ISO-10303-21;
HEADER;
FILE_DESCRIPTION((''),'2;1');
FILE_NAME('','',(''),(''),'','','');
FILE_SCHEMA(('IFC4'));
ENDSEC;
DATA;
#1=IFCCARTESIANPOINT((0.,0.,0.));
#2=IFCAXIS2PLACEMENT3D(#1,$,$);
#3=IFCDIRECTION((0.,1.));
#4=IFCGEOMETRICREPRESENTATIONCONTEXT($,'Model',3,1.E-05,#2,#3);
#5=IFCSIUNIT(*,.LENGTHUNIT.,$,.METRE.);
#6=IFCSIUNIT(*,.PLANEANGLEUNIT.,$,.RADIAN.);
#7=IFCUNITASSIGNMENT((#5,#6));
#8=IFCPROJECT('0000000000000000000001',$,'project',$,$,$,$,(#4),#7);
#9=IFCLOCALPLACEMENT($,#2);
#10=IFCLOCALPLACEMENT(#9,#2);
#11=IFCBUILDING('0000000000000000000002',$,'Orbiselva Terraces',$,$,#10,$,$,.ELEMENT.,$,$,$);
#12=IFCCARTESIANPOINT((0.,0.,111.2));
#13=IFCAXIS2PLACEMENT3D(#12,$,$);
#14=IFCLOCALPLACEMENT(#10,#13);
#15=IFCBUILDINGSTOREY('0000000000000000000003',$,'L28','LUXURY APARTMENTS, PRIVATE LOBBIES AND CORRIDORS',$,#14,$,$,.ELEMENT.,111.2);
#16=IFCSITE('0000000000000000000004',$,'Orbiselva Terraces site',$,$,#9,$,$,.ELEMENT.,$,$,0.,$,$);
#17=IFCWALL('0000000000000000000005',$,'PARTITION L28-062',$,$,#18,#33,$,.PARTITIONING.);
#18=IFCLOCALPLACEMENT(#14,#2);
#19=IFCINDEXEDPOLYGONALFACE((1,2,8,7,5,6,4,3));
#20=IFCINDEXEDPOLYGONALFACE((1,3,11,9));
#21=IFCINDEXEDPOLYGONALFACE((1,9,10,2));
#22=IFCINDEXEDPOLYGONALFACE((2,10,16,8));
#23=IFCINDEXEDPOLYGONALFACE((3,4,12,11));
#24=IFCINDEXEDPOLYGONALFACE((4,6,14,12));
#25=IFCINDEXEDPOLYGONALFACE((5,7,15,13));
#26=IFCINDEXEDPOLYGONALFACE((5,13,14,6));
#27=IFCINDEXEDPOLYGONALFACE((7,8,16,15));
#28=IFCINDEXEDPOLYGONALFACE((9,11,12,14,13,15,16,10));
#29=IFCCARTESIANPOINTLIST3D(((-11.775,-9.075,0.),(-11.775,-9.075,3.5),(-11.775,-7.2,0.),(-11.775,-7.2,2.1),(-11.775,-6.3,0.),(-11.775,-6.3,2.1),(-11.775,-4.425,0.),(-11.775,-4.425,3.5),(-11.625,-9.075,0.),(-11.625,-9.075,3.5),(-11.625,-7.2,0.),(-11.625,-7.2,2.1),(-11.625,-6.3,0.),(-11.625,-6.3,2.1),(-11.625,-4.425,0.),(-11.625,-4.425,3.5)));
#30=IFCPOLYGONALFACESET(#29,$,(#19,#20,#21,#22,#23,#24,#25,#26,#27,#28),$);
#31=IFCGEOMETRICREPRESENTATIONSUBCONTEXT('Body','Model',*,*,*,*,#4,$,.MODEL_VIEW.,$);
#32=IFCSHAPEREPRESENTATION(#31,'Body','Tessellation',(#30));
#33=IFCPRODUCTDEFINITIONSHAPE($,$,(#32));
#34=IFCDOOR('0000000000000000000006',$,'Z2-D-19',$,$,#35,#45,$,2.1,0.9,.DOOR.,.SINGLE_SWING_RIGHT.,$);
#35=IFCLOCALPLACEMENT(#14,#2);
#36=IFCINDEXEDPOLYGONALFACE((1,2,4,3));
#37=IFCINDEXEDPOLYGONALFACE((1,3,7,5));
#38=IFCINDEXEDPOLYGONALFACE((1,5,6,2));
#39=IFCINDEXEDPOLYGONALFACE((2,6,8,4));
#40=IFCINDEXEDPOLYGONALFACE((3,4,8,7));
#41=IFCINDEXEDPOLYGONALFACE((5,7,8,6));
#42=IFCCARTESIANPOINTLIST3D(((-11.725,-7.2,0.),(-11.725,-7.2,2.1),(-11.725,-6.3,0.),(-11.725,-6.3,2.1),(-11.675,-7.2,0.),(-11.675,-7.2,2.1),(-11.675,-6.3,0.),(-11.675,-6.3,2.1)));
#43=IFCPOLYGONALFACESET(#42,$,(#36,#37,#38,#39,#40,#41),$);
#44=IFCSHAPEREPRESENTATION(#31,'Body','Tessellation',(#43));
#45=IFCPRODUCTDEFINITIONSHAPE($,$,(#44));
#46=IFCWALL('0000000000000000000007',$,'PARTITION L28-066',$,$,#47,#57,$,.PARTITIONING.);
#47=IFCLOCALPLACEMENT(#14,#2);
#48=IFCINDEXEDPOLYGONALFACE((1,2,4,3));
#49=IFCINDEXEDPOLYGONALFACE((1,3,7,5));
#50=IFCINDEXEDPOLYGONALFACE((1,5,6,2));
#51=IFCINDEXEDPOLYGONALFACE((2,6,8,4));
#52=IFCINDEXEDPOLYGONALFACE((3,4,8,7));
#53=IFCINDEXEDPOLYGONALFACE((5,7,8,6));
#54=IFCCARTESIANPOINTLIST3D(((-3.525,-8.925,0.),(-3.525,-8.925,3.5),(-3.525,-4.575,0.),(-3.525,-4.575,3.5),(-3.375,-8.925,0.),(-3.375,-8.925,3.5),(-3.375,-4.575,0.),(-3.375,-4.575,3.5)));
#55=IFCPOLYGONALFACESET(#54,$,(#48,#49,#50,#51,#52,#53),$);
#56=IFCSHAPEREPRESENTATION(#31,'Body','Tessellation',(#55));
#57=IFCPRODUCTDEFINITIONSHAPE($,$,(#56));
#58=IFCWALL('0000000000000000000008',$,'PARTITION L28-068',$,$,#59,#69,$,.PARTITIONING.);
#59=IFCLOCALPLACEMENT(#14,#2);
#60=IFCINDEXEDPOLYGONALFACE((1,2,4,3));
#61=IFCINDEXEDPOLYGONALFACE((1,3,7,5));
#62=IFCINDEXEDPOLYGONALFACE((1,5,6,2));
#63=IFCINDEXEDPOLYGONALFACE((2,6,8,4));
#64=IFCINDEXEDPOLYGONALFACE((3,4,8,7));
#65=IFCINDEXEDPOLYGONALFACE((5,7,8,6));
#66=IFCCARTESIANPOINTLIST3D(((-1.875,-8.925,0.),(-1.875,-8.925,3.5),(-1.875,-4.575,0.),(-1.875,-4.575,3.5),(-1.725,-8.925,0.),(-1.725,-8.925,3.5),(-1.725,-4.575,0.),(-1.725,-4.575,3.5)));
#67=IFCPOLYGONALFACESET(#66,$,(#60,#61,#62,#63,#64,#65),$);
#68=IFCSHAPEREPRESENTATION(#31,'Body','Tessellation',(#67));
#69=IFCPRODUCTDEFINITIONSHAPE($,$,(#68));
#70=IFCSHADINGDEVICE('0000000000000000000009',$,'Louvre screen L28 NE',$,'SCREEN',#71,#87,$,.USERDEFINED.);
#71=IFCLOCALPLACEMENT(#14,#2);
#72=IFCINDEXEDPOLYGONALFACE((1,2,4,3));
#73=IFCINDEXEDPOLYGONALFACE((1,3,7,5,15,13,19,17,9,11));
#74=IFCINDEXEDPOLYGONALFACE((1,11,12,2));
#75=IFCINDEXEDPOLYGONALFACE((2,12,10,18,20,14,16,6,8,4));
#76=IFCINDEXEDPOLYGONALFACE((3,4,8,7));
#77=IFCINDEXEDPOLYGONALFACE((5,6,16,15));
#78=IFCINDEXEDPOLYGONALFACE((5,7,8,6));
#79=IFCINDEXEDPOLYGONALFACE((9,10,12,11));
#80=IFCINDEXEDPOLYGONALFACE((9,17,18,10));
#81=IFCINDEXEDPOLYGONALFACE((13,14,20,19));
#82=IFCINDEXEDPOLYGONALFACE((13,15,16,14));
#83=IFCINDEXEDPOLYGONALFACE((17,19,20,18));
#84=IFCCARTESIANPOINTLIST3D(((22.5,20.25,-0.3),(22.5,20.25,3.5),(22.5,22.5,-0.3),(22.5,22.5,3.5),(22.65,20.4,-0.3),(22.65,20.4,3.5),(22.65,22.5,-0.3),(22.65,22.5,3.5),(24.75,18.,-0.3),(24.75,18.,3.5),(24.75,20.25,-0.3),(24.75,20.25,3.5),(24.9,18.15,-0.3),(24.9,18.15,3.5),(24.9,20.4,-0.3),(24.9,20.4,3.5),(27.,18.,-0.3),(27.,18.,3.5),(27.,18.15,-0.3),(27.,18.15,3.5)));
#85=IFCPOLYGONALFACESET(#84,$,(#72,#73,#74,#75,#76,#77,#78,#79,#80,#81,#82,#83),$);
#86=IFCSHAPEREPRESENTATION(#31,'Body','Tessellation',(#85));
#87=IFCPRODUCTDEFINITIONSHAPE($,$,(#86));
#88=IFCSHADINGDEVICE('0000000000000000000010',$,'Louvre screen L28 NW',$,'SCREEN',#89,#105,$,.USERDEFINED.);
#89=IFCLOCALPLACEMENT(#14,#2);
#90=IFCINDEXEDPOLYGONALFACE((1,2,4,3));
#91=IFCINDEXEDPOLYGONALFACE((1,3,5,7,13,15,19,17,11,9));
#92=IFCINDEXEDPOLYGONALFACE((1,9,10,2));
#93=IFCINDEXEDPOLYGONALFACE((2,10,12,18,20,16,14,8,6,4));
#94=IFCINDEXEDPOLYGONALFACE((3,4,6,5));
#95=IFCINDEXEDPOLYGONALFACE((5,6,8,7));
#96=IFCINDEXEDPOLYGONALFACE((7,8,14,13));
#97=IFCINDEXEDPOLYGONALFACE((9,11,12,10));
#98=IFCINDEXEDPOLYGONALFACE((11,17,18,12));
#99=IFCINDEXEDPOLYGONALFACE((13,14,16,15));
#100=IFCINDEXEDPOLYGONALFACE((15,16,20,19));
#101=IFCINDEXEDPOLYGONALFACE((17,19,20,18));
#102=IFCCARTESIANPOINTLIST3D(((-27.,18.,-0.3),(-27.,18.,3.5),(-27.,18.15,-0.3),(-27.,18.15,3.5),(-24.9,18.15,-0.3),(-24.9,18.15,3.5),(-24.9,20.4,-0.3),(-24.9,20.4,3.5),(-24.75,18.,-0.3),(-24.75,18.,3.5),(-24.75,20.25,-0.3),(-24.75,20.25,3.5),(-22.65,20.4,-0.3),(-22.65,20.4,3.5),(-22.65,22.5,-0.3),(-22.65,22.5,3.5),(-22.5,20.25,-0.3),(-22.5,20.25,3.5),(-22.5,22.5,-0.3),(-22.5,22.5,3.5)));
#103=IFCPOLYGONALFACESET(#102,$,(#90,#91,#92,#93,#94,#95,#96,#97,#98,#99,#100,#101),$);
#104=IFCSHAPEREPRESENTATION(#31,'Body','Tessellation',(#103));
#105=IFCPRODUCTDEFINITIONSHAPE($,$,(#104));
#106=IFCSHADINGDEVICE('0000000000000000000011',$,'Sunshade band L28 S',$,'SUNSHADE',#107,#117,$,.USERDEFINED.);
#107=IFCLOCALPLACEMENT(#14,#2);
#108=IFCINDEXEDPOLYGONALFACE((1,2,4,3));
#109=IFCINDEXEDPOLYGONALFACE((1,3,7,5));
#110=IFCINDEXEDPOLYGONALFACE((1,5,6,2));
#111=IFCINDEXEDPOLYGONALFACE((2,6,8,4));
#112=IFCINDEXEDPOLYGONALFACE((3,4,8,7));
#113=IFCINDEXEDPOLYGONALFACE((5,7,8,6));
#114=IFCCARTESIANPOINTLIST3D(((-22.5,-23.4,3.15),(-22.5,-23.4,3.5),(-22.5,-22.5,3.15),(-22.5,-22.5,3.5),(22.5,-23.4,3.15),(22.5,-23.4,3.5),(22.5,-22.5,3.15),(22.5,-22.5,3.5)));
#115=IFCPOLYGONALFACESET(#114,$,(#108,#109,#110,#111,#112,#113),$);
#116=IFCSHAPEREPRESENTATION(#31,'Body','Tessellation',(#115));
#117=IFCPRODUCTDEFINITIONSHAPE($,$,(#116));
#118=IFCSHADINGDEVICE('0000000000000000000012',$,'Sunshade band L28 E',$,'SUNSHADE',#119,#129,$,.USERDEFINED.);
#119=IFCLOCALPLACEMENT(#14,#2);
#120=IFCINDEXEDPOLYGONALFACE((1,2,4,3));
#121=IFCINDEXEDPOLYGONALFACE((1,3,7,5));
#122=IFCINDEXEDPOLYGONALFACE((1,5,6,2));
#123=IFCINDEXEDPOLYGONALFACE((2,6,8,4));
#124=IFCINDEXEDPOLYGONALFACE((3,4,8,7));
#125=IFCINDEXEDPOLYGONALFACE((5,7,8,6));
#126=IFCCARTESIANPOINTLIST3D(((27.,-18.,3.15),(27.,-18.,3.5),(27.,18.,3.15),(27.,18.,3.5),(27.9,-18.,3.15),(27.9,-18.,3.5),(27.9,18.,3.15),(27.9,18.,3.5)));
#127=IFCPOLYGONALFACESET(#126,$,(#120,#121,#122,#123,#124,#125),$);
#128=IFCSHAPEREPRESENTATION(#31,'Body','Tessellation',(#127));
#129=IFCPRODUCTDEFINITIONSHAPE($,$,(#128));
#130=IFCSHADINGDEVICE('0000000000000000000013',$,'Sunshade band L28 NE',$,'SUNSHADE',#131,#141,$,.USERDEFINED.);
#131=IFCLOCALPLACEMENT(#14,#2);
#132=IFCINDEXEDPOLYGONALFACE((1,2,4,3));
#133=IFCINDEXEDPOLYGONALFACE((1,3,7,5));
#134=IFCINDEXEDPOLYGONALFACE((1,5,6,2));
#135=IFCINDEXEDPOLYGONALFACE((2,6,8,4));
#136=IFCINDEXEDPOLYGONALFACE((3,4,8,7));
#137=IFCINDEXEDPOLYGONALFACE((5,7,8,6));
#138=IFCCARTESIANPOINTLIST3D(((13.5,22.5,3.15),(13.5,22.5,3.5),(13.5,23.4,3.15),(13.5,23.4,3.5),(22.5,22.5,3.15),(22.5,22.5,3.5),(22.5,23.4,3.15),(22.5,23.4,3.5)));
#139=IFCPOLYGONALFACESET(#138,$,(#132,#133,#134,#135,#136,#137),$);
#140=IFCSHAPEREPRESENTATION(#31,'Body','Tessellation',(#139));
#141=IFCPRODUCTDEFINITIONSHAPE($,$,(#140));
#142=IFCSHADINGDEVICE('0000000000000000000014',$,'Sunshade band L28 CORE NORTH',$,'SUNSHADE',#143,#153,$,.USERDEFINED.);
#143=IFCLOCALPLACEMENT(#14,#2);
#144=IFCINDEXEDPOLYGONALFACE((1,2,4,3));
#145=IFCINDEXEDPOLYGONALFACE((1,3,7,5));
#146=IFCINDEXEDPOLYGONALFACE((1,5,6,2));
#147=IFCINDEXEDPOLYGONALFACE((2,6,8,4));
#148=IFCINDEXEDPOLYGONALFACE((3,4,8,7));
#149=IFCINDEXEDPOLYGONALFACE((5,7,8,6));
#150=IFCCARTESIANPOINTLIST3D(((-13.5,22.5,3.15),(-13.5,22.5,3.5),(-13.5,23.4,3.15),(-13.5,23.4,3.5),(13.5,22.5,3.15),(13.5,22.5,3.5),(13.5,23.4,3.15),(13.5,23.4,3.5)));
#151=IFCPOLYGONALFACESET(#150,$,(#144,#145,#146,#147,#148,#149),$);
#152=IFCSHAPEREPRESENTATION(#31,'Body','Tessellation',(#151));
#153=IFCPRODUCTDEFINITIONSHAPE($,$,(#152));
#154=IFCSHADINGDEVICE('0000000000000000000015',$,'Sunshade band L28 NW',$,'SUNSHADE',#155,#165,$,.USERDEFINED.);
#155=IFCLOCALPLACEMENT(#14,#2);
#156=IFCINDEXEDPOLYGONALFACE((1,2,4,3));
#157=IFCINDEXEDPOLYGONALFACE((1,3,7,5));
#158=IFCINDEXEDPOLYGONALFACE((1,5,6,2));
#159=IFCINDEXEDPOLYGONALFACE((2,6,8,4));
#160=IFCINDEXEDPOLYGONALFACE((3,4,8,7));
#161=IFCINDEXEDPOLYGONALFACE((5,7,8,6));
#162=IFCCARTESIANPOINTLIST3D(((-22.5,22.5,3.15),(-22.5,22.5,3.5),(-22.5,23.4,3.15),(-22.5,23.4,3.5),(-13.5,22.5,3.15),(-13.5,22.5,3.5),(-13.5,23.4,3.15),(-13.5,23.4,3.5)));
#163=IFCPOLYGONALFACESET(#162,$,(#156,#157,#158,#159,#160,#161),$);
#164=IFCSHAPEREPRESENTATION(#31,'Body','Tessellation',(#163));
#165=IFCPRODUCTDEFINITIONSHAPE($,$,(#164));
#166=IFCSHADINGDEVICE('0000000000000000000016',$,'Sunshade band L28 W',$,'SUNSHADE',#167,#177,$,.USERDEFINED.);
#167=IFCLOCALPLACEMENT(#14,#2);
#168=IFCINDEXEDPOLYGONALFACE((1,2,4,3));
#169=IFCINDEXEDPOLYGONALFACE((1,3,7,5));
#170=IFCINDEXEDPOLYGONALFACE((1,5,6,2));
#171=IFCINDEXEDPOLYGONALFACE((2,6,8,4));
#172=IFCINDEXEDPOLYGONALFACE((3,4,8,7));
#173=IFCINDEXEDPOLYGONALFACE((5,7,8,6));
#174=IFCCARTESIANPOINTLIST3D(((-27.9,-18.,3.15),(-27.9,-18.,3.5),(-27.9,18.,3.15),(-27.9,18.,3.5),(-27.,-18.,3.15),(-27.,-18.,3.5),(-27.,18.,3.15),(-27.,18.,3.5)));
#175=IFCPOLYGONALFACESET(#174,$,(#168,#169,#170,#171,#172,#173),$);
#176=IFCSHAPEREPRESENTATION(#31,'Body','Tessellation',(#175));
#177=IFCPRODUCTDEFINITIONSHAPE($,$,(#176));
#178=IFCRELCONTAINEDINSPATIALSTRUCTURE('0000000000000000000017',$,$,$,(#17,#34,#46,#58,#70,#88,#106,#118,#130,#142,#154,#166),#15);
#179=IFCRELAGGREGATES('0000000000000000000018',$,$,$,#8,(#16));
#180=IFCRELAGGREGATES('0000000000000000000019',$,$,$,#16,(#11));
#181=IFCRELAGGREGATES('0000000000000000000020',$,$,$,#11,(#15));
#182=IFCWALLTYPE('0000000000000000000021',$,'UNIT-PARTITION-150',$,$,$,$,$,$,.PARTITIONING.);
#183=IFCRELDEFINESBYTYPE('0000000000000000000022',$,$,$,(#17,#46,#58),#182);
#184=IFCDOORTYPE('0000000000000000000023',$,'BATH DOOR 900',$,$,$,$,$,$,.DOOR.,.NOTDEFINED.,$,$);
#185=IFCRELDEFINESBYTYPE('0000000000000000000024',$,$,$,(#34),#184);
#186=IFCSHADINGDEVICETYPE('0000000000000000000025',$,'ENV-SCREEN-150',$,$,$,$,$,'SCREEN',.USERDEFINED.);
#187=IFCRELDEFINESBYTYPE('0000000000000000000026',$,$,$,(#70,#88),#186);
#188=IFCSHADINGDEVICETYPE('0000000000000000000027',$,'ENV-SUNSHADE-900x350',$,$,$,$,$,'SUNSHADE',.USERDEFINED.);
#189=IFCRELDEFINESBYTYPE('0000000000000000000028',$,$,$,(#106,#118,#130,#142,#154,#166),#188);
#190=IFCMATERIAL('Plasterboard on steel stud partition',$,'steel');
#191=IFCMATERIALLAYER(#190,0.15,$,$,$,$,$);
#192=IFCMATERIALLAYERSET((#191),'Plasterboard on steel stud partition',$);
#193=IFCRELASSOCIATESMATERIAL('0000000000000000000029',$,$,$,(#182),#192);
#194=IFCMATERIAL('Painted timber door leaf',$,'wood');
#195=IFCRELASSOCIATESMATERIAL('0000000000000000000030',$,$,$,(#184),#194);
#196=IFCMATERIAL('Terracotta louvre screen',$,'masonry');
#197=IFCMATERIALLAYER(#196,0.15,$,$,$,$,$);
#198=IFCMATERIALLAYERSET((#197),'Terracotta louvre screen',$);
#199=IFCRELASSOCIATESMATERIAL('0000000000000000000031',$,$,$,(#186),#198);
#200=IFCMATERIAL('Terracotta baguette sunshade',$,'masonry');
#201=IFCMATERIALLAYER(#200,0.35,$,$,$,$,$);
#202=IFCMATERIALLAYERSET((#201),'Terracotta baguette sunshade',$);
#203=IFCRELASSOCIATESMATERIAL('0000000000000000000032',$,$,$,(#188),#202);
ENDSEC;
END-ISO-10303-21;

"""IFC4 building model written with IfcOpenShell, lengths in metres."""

from ifc_helpers import new_model, si_unit, direction, frame, frame_2d, origin, place, context, subcontext, project, spatial, polyline, rectangle, outline, extrude, material, layer, layer_set, type_object, element, fill, save


model = new_model("IFC4")

# Units and contexts
model_context = context("Model", 3, precision=1e-05, world=origin(), true_north=direction((0.0, 1.0)))
body_context = subcontext(model_context, "Body", "Model", "MODEL_VIEW")
ifc_project = project(units=[si_unit("LENGTHUNIT", "METRE"), si_unit("PLANEANGLEUNIT", "RADIAN")], contexts=[model_context])

# Site, building, storey
site_placement = place(None, origin())
site = spatial("IfcSite", under=ifc_project, at=site_placement, Name="Orbiselva Terraces site", CompositionType="ELEMENT", RefElevation=0.0)
building_placement = place(site_placement, origin())
building = spatial("IfcBuilding", under=site, at=building_placement, Name="Orbiselva Terraces", CompositionType="ELEMENT")
storey_placement = place(building_placement, frame((0.0, 0.0, 111.2)))
storey = spatial("IfcBuildingStorey", under=building, at=storey_placement, Name="L28", Description="LUXURY APARTMENTS, PRIVATE LOBBIES AND CORRIDORS", CompositionType="ELEMENT", Elevation=111.2)

# Shared definitions
ifc_material_1 = material(Name="Plasterboard on steel stud partition", Category="steel")
ifc_material_2 = material(Name="Painted timber door leaf", Category="wood")
ifc_layer_1 = layer(ifc_material_1, 0.15)
ifc_layer_set_1 = layer_set([ifc_layer_1], Name="Plasterboard on steel stud partition")
wall_type_1 = type_object("IfcWallType", Name="UNIT-PARTITION-150", PredefinedType="PARTITIONING", material=ifc_layer_set_1)

# Wall, opening, door
wall_1_placement = place(storey_placement, frame((-11.7, -4.425, 0.0), z_axis=(0.0, 0.0, 1.0), x_axis=(0.0, -1.0, 0.0)))
wall_1 = element("IfcWall", 1, at=wall_1_placement, inside=storey, type_object=wall_type_1, Name="PARTITION L28-062", PredefinedType="PARTITIONING", context=body_context, shape_type="SweptSolid", body=[
    extrude(rectangle(XDim=4.65, YDim=0.15, at=frame_2d((2.325, 0.0))), origin(), (0.0, 0.0, 1.0), 3.5),
])
opening_1_placement = place(wall_1_placement, frame((1.875, 0.0, 0.0)))
opening_1 = element("IfcOpeningElement", 2, at=opening_1_placement, cuts=wall_1, PredefinedType="OPENING", context=body_context, shape_type="SweptSolid", body=[
    extrude(rectangle(XDim=0.9, YDim=2.1, at=frame_2d((0.45, 1.05))), frame((0.0, 0.085, 0.0), z_axis=(0.0, -1.0, 0.0), x_axis=(1.0, 0.0, 0.0)), (0.0, 0.0, 1.0), 0.17),
])
door_type_1 = type_object("IfcDoorType", Name="BATH DOOR 900", OperationType="NOTDEFINED", PredefinedType="DOOR", material=ifc_material_2)
door_1_placement = place(opening_1_placement, origin())
door_1 = element("IfcDoor", 3, at=door_1_placement, inside=storey, type_object=door_type_1, Name="Z2-D-19", OperationType="SINGLE_SWING_RIGHT", OverallHeight=2.1, OverallWidth=0.9, PredefinedType="DOOR", context=body_context, shape_type="SweptSolid", body=[
    extrude(rectangle(XDim=0.9, YDim=2.1, at=frame_2d((0.45, 1.05))), frame((0.0, 0.025, 0.0), z_axis=(0.0, -1.0, 0.0), x_axis=(1.0, 0.0, 0.0)), (0.0, 0.0, 1.0), 0.05),
])
fill(opening_1, door_1)

# Walls
for number, where, z_axis, x_axis, name in (
    (4, (-3.45, -8.925, 0.0), (0.0, 0.0, 1.0), (0.0, 1.0, 0.0), "PARTITION L28-066"),
    (5, (-1.8, -8.925, 0.0), (0.0, 0.0, 1.0), (0.0, 1.0, 0.0), "PARTITION L28-068"),
):
    element("IfcWall", number, at=place(storey_placement, frame(where, z_axis=z_axis, x_axis=x_axis)), inside=storey, type_object=wall_type_1, Name=name, PredefinedType="PARTITIONING", context=body_context, shape_type="SweptSolid", body=[
        extrude(rectangle(XDim=4.35, YDim=0.15, at=frame_2d((2.175, 0.0))), origin(), (0.0, 0.0, 1.0), 3.5),
    ])

# Shading devices
ifc_material_3 = material(Name="Terracotta louvre screen", Category="masonry")
ifc_layer_2 = layer(ifc_material_3, 0.15)
ifc_layer_set_2 = layer_set([ifc_layer_2], Name="Terracotta louvre screen")
shading_device_type_1 = type_object("IfcShadingDeviceType", Name="ENV-SCREEN-150", ElementType="SCREEN", PredefinedType="USERDEFINED", material=ifc_layer_set_2)
shading_device_1_placement = place(storey_placement, frame((0.0, 0.0, -0.3)))
element("IfcShadingDevice", 6, at=shading_device_1_placement, inside=storey, type_object=shading_device_type_1, Name="Louvre screen L28 NE", ObjectType="SCREEN", PredefinedType="USERDEFINED", context=body_context, shape_type="SweptSolid", body=[
    extrude(outline(polyline([(27.0, 18.15), (24.9, 18.15), (24.9, 20.4), (22.65, 20.4), (22.65, 22.5), (22.5, 22.5), (22.5, 20.25), (24.75, 20.25), (24.75, 18.0), (27.0, 18.0), (27.0, 18.15)])), origin(), (0.0, 0.0, 1.0), 3.8),
])
shading_device_2_placement = place(storey_placement, frame((0.0, 0.0, -0.3)))
element("IfcShadingDevice", 7, at=shading_device_2_placement, inside=storey, type_object=shading_device_type_1, Name="Louvre screen L28 NW", ObjectType="SCREEN", PredefinedType="USERDEFINED", context=body_context, shape_type="SweptSolid", body=[
    extrude(outline(polyline([(-22.65, 22.5), (-22.65, 20.4), (-24.9, 20.4), (-24.9, 18.15), (-27.0, 18.15), (-27.0, 18.0), (-24.75, 18.0), (-24.75, 20.25), (-22.5, 20.25), (-22.5, 22.5), (-22.65, 22.5)])), origin(), (0.0, 0.0, 1.0), 3.8),
])
ifc_material_4 = material(Name="Terracotta baguette sunshade", Category="masonry")
ifc_layer_3 = layer(ifc_material_4, 0.35)
ifc_layer_set_3 = layer_set([ifc_layer_3], Name="Terracotta baguette sunshade")
shading_device_type_2 = type_object("IfcShadingDeviceType", Name="ENV-SUNSHADE-900x350", ElementType="SUNSHADE", PredefinedType="USERDEFINED", material=ifc_layer_set_3)
shading_device_3_placement = place(storey_placement, frame((0.0, 0.0, 3.15)))
element("IfcShadingDevice", 8, at=shading_device_3_placement, inside=storey, type_object=shading_device_type_2, Name="Sunshade band L28 S", ObjectType="SUNSHADE", PredefinedType="USERDEFINED", context=body_context, shape_type="SweptSolid", body=[
    extrude(outline(polyline([(-22.5, -23.4), (22.5, -23.4), (22.5, -22.5), (-22.5, -22.5), (-22.5, -23.4)])), origin(), (0.0, 0.0, 1.0), 0.35),
])
shading_device_4_placement = place(storey_placement, frame((0.0, 0.0, 3.15)))
element("IfcShadingDevice", 9, at=shading_device_4_placement, inside=storey, type_object=shading_device_type_2, Name="Sunshade band L28 E", ObjectType="SUNSHADE", PredefinedType="USERDEFINED", context=body_context, shape_type="SweptSolid", body=[
    extrude(outline(polyline([(27.9, -18.0), (27.9, 18.0), (27.0, 18.0), (27.0, -18.0), (27.9, -18.0)])), origin(), (0.0, 0.0, 1.0), 0.35),
])
shading_device_5_placement = place(storey_placement, frame((0.0, 0.0, 3.15)))
element("IfcShadingDevice", 10, at=shading_device_5_placement, inside=storey, type_object=shading_device_type_2, Name="Sunshade band L28 NE", ObjectType="SUNSHADE", PredefinedType="USERDEFINED", context=body_context, shape_type="SweptSolid", body=[
    extrude(outline(polyline([(22.5, 23.4), (13.5, 23.4), (13.5, 22.5), (22.5, 22.5), (22.5, 23.4)])), origin(), (0.0, 0.0, 1.0), 0.35),
])
shading_device_6_placement = place(storey_placement, frame((0.0, 0.0, 3.15)))
element("IfcShadingDevice", 11, at=shading_device_6_placement, inside=storey, type_object=shading_device_type_2, Name="Sunshade band L28 CORE NORTH", ObjectType="SUNSHADE", PredefinedType="USERDEFINED", context=body_context, shape_type="SweptSolid", body=[
    extrude(outline(polyline([(13.5, 23.4), (-13.5, 23.4), (-13.5, 22.5), (13.5, 22.5), (13.5, 23.4)])), origin(), (0.0, 0.0, 1.0), 0.35),
])
shading_device_7_placement = place(storey_placement, frame((0.0, 0.0, 3.15)))
element("IfcShadingDevice", 12, at=shading_device_7_placement, inside=storey, type_object=shading_device_type_2, Name="Sunshade band L28 NW", ObjectType="SUNSHADE", PredefinedType="USERDEFINED", context=body_context, shape_type="SweptSolid", body=[
    extrude(outline(polyline([(-13.5, 23.4), (-22.5, 23.4), (-22.5, 22.5), (-13.5, 22.5), (-13.5, 23.4)])), origin(), (0.0, 0.0, 1.0), 0.35),
])
shading_device_8_placement = place(storey_placement, frame((0.0, 0.0, 3.15)))
element("IfcShadingDevice", 13, at=shading_device_8_placement, inside=storey, type_object=shading_device_type_2, Name="Sunshade band L28 W", ObjectType="SUNSHADE", PredefinedType="USERDEFINED", context=body_context, shape_type="SweptSolid", body=[
    extrude(outline(polyline([(-27.9, 18.0), (-27.9, -18.0), (-27.0, -18.0), (-27.0, 18.0), (-27.9, 18.0)])), origin(), (0.0, 0.0, 1.0), 0.35),
])

save(model, "model.ifc")
